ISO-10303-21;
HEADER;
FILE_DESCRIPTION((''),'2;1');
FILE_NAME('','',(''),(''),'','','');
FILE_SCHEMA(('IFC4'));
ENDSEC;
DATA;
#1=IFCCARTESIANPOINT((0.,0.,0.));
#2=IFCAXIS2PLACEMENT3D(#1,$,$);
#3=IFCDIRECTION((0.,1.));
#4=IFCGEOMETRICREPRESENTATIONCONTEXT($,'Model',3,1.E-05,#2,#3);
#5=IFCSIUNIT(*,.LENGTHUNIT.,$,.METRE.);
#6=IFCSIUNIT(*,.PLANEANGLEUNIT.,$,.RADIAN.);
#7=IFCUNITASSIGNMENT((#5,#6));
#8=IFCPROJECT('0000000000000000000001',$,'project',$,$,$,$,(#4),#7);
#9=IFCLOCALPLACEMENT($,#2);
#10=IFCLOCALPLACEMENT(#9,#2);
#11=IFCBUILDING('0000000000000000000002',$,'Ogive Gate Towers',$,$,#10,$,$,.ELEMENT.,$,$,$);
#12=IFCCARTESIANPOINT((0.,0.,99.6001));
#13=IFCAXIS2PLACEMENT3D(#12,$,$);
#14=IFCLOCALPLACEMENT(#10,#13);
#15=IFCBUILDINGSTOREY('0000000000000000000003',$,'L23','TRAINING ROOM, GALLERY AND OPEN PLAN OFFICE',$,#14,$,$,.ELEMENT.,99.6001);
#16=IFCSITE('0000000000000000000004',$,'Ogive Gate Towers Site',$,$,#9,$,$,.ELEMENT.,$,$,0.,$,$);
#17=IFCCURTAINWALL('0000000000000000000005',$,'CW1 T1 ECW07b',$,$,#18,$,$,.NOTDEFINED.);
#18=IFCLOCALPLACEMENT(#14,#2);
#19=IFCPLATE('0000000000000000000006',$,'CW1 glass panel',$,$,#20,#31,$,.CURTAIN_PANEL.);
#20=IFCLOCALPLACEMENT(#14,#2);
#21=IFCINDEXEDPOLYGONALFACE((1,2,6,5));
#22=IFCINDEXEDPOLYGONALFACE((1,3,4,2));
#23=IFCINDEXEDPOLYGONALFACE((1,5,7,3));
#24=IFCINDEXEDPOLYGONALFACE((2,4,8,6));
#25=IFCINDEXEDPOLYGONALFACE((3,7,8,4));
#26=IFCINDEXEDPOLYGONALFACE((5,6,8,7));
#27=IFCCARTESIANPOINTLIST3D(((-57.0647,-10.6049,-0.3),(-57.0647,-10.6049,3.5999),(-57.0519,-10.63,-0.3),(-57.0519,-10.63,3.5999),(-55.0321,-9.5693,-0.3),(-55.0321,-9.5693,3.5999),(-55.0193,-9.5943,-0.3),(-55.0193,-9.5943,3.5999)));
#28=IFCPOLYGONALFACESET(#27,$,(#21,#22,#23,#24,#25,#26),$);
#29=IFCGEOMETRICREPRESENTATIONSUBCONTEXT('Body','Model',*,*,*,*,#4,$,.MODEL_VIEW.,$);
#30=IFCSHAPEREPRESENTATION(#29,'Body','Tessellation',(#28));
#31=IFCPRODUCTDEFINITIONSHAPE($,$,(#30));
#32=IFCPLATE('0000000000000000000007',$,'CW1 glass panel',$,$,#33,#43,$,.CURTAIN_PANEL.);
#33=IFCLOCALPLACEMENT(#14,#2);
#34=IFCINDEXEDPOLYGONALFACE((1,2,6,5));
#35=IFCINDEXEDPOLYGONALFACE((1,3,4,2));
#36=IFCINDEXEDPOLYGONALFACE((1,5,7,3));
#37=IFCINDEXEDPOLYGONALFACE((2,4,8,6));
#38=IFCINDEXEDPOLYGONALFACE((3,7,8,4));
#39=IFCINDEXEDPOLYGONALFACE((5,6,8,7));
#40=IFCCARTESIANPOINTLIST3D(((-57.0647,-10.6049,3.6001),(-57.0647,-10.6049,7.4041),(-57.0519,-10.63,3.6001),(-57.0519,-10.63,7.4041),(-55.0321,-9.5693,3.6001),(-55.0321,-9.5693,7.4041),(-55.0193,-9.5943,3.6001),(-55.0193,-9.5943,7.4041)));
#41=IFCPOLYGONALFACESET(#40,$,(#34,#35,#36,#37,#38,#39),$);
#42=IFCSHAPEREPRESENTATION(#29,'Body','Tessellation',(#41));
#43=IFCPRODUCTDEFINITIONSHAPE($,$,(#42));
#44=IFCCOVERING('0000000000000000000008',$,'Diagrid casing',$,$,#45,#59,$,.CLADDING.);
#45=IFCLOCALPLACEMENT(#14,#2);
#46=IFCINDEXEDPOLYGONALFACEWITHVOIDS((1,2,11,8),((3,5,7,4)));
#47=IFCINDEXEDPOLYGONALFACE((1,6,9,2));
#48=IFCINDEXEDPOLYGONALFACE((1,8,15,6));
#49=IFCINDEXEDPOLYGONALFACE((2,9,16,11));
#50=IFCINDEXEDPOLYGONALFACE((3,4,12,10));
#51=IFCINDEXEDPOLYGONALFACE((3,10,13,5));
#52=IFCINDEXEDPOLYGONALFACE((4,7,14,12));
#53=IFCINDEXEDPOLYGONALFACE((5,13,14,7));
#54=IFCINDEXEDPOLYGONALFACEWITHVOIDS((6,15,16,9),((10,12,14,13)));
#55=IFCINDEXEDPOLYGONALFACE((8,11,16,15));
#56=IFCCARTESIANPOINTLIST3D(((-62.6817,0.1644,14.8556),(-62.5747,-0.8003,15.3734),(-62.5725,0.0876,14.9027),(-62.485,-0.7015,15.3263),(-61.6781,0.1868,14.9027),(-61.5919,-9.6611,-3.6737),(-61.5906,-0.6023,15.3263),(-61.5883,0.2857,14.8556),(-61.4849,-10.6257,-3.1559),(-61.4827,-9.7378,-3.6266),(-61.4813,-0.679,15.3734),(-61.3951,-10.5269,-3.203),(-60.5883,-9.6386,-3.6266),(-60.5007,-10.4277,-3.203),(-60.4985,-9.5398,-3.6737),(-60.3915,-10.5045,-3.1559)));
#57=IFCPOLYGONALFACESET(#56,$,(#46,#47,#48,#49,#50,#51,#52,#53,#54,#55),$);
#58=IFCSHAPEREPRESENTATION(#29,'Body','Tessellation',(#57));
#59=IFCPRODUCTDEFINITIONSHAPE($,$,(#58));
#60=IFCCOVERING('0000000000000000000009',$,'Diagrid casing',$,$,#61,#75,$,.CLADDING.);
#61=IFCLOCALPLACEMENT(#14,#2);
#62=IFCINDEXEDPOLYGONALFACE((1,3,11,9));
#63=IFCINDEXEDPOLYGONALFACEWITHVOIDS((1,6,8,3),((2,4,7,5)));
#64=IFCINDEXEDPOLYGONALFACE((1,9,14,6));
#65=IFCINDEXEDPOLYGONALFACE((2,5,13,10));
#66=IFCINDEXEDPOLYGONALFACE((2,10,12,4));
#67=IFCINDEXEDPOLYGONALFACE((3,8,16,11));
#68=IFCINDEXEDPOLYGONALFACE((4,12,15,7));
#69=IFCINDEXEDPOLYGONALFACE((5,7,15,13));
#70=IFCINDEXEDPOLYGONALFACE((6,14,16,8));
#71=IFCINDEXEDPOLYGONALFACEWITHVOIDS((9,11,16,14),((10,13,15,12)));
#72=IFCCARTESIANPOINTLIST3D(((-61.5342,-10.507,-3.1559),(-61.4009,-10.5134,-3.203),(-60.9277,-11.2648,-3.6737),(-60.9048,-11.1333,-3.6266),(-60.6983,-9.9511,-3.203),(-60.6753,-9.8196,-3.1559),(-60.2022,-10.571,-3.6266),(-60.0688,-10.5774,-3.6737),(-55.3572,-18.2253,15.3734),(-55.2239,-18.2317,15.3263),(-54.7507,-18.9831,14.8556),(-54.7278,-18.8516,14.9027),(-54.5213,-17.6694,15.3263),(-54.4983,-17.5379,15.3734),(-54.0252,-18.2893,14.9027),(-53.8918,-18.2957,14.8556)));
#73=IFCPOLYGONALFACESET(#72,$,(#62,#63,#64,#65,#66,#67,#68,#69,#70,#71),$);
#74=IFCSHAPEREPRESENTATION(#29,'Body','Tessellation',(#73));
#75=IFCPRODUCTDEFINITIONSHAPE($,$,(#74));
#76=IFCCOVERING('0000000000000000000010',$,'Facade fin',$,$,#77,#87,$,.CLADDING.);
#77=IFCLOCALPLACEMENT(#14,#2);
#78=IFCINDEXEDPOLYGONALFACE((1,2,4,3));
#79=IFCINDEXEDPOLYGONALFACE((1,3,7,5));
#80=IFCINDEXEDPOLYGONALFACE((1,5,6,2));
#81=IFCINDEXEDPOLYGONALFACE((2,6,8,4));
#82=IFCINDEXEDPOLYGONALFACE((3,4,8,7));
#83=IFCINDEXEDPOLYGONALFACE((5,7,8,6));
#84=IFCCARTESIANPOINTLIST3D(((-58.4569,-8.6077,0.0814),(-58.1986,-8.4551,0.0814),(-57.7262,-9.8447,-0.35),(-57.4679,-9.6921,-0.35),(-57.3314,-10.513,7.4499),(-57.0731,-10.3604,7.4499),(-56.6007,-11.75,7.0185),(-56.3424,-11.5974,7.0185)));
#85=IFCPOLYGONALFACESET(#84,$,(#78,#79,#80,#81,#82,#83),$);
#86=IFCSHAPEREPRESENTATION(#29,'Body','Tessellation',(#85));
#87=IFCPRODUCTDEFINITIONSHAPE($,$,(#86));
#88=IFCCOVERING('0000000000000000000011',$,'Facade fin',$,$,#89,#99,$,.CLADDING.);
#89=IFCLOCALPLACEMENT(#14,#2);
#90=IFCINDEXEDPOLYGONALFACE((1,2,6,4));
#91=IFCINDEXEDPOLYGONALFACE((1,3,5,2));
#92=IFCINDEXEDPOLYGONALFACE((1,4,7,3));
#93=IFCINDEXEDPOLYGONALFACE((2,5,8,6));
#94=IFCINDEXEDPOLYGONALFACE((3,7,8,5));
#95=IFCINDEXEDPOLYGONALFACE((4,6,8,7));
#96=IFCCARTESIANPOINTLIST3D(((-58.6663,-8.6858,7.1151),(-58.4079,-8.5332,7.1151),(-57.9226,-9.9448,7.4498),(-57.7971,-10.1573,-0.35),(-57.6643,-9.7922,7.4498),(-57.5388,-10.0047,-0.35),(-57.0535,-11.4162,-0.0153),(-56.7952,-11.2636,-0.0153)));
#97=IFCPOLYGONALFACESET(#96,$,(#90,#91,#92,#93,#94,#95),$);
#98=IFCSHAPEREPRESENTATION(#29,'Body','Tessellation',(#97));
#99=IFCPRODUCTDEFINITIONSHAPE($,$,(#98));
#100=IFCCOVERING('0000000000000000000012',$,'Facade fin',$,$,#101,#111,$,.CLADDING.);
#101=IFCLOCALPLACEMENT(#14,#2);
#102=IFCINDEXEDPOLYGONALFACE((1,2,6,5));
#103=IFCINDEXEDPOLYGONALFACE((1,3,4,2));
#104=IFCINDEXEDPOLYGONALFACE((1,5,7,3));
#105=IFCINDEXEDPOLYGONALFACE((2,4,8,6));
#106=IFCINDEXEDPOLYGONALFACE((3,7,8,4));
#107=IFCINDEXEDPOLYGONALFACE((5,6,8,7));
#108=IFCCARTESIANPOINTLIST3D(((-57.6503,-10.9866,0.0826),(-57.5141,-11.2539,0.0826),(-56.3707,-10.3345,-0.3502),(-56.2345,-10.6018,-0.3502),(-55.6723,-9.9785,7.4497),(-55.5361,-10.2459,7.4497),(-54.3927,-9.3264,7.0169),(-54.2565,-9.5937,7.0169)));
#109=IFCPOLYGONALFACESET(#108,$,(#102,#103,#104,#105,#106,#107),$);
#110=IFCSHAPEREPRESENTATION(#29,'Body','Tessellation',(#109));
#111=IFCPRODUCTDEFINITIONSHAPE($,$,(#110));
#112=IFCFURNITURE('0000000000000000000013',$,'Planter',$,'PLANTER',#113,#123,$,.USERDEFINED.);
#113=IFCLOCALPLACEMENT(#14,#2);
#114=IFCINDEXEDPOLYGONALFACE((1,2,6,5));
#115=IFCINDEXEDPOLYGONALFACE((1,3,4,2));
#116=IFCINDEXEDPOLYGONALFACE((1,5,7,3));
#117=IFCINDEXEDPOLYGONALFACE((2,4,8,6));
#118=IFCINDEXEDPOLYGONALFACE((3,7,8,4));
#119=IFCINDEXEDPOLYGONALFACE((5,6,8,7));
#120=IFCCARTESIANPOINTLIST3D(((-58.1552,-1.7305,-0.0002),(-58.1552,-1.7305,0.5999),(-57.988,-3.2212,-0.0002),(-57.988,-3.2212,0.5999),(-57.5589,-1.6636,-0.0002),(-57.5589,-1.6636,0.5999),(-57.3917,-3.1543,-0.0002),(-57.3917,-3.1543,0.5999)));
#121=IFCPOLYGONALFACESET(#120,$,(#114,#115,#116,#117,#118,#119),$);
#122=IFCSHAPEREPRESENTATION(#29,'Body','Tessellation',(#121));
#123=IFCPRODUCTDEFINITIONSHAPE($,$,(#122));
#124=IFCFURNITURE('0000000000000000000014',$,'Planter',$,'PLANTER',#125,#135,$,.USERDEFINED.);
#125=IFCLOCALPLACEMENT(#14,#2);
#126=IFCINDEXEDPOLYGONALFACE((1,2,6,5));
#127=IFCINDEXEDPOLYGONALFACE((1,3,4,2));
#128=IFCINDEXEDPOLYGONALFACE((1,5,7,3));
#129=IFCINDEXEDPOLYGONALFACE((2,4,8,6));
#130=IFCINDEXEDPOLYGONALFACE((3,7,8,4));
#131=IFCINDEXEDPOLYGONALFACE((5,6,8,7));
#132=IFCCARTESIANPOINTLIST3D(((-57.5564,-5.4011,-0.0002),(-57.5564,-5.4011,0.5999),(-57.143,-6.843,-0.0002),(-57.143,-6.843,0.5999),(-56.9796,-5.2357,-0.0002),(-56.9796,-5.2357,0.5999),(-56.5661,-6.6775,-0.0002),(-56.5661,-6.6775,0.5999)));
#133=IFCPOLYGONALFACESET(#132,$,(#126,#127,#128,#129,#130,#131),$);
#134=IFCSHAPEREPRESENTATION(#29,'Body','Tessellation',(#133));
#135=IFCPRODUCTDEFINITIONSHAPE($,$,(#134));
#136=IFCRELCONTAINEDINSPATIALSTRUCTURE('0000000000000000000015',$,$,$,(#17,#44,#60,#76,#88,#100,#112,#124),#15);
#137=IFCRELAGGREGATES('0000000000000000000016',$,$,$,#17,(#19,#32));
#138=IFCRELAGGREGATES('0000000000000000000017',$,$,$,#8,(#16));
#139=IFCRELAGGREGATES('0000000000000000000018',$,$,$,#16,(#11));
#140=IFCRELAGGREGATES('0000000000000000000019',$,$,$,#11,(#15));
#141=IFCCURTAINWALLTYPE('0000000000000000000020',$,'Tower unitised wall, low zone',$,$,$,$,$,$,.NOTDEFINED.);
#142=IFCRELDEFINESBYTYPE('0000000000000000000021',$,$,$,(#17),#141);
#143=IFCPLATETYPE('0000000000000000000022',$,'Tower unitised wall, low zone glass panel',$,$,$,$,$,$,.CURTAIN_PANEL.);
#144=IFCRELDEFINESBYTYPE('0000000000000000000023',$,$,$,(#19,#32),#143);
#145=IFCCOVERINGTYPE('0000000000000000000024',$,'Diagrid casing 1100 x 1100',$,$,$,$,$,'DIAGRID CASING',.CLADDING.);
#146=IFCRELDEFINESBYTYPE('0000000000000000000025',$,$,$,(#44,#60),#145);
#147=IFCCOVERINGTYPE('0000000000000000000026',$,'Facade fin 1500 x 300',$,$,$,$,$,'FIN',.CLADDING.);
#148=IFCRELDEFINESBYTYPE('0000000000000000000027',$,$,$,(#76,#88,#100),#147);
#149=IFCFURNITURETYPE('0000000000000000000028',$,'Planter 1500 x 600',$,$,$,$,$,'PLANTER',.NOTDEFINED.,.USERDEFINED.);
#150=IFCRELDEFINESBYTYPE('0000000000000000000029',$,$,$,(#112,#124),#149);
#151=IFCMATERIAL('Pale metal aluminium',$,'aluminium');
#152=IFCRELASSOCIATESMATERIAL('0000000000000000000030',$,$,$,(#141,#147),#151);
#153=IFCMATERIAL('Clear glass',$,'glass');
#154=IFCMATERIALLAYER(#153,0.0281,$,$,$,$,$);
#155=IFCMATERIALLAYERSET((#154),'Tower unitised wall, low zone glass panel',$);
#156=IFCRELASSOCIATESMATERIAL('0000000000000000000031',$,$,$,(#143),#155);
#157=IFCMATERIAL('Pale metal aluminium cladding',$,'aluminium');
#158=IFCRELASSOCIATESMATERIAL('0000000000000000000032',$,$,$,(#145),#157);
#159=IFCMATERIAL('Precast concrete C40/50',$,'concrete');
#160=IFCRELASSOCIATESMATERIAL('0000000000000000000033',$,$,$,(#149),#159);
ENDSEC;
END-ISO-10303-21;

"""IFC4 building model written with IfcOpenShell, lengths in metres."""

from ifc_helpers import new_model, si_unit, direction, frame, origin, origin_2d, place, context, subcontext, project, spatial, rectangle, hollow_rectangle, extrude, material, layer, layer_set, material_profile, profile_set, type_object, element, aggregate, save


model = new_model("IFC4")

# Units and contexts
model_context = context("Model", 3, precision=1e-05, world=origin(), true_north=direction((0.0, 1.0)))
body_context = subcontext(model_context, "Body", "Model", "MODEL_VIEW")
ifc_project = project(units=[si_unit("LENGTHUNIT", "METRE"), si_unit("PLANEANGLEUNIT", "RADIAN")], contexts=[model_context])

# Site, building, storey
site_placement = place(None, origin())
site = spatial("IfcSite", under=ifc_project, at=site_placement, Name="Ogive Gate Towers Site", CompositionType="ELEMENT", RefElevation=0.0)
building_placement = place(site_placement, origin())
building = spatial("IfcBuilding", under=site, at=building_placement, Name="Ogive Gate Towers", CompositionType="ELEMENT")
storey_placement = place(building_placement, frame((0.0, 0.0, 99.6001)))
storey = spatial("IfcBuildingStorey", under=building, at=storey_placement, Name="L23", Description="TRAINING ROOM, GALLERY AND OPEN PLAN OFFICE", CompositionType="ELEMENT", Elevation=99.6001)

# Shared definitions
ifc_material_1 = material(Name="Pale metal aluminium", Category="aluminium")

# Shared definitions
curtain_wall_type_1 = type_object("IfcCurtainWallType", Name="Tower unitised wall, low zone", PredefinedType="NOTDEFINED", material=ifc_material_1)

# Curtain wall
curtain_wall_1_placement = place(storey_placement, origin())
curtain_wall_1 = element("IfcCurtainWall", 1, at=curtain_wall_1_placement, inside=storey, type_object=curtain_wall_type_1, Name="CW1 T1 ECW07b", PredefinedType="NOTDEFINED")

# Plates
ifc_material_2 = material(Name="Clear glass", Category="glass")
ifc_layer = layer(ifc_material_2, 0.0281)
ifc_layer_set = layer_set([ifc_layer], Name="Tower unitised wall, low zone glass panel")
plate_type = type_object("IfcPlateType", Name="Tower unitised wall, low zone glass panel", PredefinedType="CURTAIN_PANEL", material=ifc_layer_set)
plate_1_placement = place(storey_placement, frame((-56.042, -10.0996, -0.3), z_axis=(0.0, 0.0, 1.0), x_axis=(0.891007, 0.45399, 0.0)))
plate_1 = element("IfcPlate", 2, at=plate_1_placement, type_object=plate_type, Name="CW1 glass panel", PredefinedType="CURTAIN_PANEL", context=body_context, shape_type="SweptSolid", body=[
    extrude(rectangle(XDim=2.2812, YDim=0.0281, at=origin_2d()), origin(), (0.0, 0.0, 1.0), 3.8999),
])
plate_2_placement = place(storey_placement, frame((-56.042, -10.0996, 3.6001), z_axis=(0.0, 0.0, 1.0), x_axis=(0.891007, 0.45399, 0.0)))
plate_2 = element("IfcPlate", 3, at=plate_2_placement, type_object=plate_type, Name="CW1 glass panel", PredefinedType="CURTAIN_PANEL", context=body_context, shape_type="SweptSolid", body=[
    extrude(rectangle(XDim=2.2812, YDim=0.0281, at=origin_2d()), origin(), (0.0, 0.0, 1.0), 3.804),
])
aggregate(curtain_wall_1, [plate_1, plate_2])

# Coverings
ifc_material_3 = material(Name="Pale metal aluminium cladding", Category="aluminium")
ifc_material_profile_1 = material_profile(ifc_material_3, hollow_rectangle(XDim=1.1001, YDim=1.1001, WallThickness=0.1001, at=origin_2d()), Name="1100 x 1100 pale metal casing")
ifc_profile_set_1 = profile_set([ifc_material_profile_1], Name="Pale metal aluminium cladding")
covering_type_1 = type_object("IfcCoveringType", Name="Diagrid casing 1100 x 1100", ElementType="DIAGRID CASING", PredefinedType="CLADDING", material=ifc_profile_set_1)
for number, where, z_axis, x_axis, name in (
    (4, (-60.9917, -10.0828, -3.4148), (-0.051894, 0.467845, 0.882286), (-0.993904, -0.110244, 0.0), "Diagrid casing"),
    (5, (-60.8015, -10.5422, -3.4148), (0.294122, -0.367511, 0.882286), (0.780751, 0.624843, 0.0), "Diagrid casing"),
):
    element("IfcCovering", number, at=place(storey_placement, frame(where, z_axis=z_axis, x_axis=x_axis)), inside=storey, type_object=covering_type_1, Name=name, PredefinedType="CLADDING", context=body_context, shape_type="SweptSolid", body=[
        extrude(hollow_rectangle(XDim=1.1001, YDim=1.1001, WallThickness=0.1001, at=origin_2d()), origin(), (0.0, 0.0, 1.0), 21.0015),
    ])
ifc_material_profile_2 = material_profile(ifc_material_1, rectangle(XDim=0.3, YDim=1.5, at=origin_2d()), Name="1500 x 300 pale metal aluminium")
ifc_profile_set_2 = profile_set([ifc_material_profile_2], Name="Pale metal aluminium")
covering_type_2 = type_object("IfcCoveringType", Name="Facade fin 1500 x 300", ElementType="FIN", PredefinedType="CLADDING", material=ifc_profile_set_2)
covering_1_placement = place(storey_placement, frame((-57.9624, -9.1499, -0.1343), z_axis=(0.14629, -0.247647, 0.957742), x_axis=(0.860997, 0.50861, 0.0)))
element("IfcCovering", 6, at=covering_1_placement, inside=storey, type_object=covering_type_2, Name="Facade fin", PredefinedType="CLADDING", context=body_context, shape_type="SweptSolid", body=[
    extrude(rectangle(XDim=0.3, YDim=1.5, at=origin_2d()), origin(), (0.0, 0.0, 1.0), 7.6936),
])
covering_2_placement = place(storey_placement, frame((-57.2961, -10.7104, -0.1826), z_axis=(-0.113491, 0.192139, 0.974783), x_axis=(-0.861015, -0.50858, 0.0)))
element("IfcCovering", 7, at=covering_2_placement, inside=storey, type_object=covering_type_2, Name="Facade fin", PredefinedType="CLADDING", context=body_context, shape_type="SweptSolid", body=[
    extrude(rectangle(XDim=0.3, YDim=1.5, at=origin_2d()), origin(), (0.0, 0.0, 1.0), 7.6582),
])
covering_3_placement = place(storey_placement, frame((-56.9424, -10.7942, -0.1338), z_axis=(0.257073, 0.131011, 0.95747), x_axis=(-0.454063, 0.89097, 0.0)))
element("IfcCovering", 8, at=covering_3_placement, inside=storey, type_object=covering_type_2, Name="Facade fin", PredefinedType="CLADDING", context=body_context, shape_type="SweptSolid", body=[
    extrude(rectangle(XDim=0.3, YDim=1.5, at=origin_2d()), origin(), (0.0, 0.0, 1.0), 7.6943),
])

# Furniture
ifc_material_4 = material(Name="Precast concrete C40/50", Category="concrete")
furniture_type = type_object("IfcFurnitureType", Name="Planter 1500 x 600", ElementType="PLANTER", AssemblyPlace="NOTDEFINED", PredefinedType="USERDEFINED", material=ifc_material_4)
for number, where, z_axis, x_axis, name in (
    (9, (-57.7734, -2.4424, -0.0002), (0.0, 0.0, 1.0), (0.111469, -0.993768, 0.0), "Planter"),
    (10, (-57.0613, -6.0393, -0.0002), (0.0, 0.0, 1.0), (0.275637, -0.961262, 0.0), "Planter"),
):
    element("IfcFurniture", number, at=place(storey_placement, frame(where, z_axis=z_axis, x_axis=x_axis)), inside=storey, type_object=furniture_type, Name=name, ObjectType="PLANTER", PredefinedType="USERDEFINED", context=body_context, shape_type="SweptSolid", body=[
        extrude(rectangle(XDim=1.5, YDim=0.6001, at=origin_2d()), origin(), (0.0, 0.0, 1.0), 0.6001),
    ])

save(model, "model.ifc")
